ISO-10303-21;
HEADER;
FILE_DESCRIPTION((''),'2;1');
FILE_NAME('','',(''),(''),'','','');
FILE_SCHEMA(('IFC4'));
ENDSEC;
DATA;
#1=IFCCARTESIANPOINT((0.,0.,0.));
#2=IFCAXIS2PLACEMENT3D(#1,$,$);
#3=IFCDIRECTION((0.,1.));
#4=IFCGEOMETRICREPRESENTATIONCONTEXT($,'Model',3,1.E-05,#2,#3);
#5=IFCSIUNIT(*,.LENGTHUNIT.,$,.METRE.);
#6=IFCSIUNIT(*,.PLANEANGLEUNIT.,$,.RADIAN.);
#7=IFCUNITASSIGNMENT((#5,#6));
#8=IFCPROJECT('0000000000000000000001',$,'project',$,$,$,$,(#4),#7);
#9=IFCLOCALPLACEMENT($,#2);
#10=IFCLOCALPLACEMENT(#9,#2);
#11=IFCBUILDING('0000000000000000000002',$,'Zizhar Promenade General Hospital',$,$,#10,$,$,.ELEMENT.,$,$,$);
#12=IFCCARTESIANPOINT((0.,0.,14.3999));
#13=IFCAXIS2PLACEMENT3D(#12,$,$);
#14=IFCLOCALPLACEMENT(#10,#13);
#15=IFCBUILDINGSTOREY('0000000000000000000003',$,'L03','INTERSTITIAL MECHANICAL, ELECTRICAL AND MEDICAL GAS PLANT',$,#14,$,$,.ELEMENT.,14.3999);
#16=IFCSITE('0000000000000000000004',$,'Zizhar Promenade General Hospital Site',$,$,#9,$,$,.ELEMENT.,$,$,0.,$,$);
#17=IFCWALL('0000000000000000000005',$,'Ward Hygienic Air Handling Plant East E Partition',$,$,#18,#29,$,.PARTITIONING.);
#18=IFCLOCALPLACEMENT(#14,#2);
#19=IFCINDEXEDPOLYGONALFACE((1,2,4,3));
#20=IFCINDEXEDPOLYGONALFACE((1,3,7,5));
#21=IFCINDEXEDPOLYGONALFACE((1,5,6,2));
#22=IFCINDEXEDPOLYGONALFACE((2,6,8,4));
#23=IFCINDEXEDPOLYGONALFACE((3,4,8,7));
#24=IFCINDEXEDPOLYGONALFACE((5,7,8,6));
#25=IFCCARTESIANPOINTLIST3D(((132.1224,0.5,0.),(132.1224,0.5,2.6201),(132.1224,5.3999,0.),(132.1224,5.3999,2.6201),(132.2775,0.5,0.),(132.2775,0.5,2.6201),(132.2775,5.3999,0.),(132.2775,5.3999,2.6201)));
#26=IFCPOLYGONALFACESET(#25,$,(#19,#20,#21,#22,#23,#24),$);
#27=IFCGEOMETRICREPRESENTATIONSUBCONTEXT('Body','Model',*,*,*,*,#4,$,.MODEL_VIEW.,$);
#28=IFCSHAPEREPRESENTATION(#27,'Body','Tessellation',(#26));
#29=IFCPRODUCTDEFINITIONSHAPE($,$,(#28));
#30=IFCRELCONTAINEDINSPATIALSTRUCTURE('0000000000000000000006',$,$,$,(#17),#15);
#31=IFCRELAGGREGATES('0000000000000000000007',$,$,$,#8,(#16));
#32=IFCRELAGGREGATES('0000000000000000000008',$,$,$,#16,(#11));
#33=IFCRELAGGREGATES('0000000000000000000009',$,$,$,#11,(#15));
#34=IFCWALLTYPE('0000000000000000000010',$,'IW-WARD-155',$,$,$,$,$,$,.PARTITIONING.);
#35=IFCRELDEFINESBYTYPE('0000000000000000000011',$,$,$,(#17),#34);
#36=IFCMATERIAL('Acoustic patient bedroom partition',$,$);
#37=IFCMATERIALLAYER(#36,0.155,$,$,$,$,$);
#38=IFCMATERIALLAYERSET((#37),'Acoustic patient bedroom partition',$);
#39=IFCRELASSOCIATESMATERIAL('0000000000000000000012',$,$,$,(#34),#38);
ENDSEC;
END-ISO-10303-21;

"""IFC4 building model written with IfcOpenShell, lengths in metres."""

from ifc_helpers import new_model, si_unit, direction, frame, frame_2d, origin, place, context, subcontext, project, spatial, rectangle, extrude, material, layer, layer_set, type_object, element, save


model = new_model("IFC4")

# Units and contexts
model_context = context("Model", 3, precision=1e-05, world=origin(), true_north=direction((0.0, 1.0)))
body_context = subcontext(model_context, "Body", "Model", "MODEL_VIEW")
ifc_project = project(units=[si_unit("LENGTHUNIT", "METRE"), si_unit("PLANEANGLEUNIT", "RADIAN")], contexts=[model_context])

# Site, building, storey
site_placement = place(None, origin())
site = spatial("IfcSite", under=ifc_project, at=site_placement, Name="Zizhar Promenade General Hospital Site", CompositionType="ELEMENT", RefElevation=0.0)
building_placement = place(site_placement, origin())
building = spatial("IfcBuilding", under=site, at=building_placement, Name="Zizhar Promenade General Hospital", CompositionType="ELEMENT")
storey_placement = place(building_placement, frame((0.0, 0.0, 14.3999)))
storey = spatial("IfcBuildingStorey", under=building, at=storey_placement, Name="L03", Description="INTERSTITIAL MECHANICAL, ELECTRICAL AND MEDICAL GAS PLANT", CompositionType="ELEMENT", Elevation=14.3999)

# Wall
ifc_material_1 = material(Name="Acoustic patient bedroom partition")
ifc_layer_1 = layer(ifc_material_1, 0.155)
ifc_layer_set_1 = layer_set([ifc_layer_1], Name="Acoustic patient bedroom partition")
wall_type_1 = type_object("IfcWallType", Name="IW-WARD-155", PredefinedType="PARTITIONING", material=ifc_layer_set_1)
wall_1_placement = place(storey_placement, frame((132.2, 0.5, 0.0), z_axis=(0.0, 0.0, 1.0), x_axis=(0.0, 1.0, 0.0)))
element("IfcWall", 1, at=wall_1_placement, inside=storey, type_object=wall_type_1, Name="Ward Hygienic Air Handling Plant East E Partition", PredefinedType="PARTITIONING", context=body_context, shape_type="SweptSolid", body=[
    extrude(rectangle(XDim=4.8999, YDim=0.155, at=frame_2d((2.45, 0.0))), origin(), (0.0, 0.0, 1.0), 2.6201),
])

save(model, "model.ifc")
